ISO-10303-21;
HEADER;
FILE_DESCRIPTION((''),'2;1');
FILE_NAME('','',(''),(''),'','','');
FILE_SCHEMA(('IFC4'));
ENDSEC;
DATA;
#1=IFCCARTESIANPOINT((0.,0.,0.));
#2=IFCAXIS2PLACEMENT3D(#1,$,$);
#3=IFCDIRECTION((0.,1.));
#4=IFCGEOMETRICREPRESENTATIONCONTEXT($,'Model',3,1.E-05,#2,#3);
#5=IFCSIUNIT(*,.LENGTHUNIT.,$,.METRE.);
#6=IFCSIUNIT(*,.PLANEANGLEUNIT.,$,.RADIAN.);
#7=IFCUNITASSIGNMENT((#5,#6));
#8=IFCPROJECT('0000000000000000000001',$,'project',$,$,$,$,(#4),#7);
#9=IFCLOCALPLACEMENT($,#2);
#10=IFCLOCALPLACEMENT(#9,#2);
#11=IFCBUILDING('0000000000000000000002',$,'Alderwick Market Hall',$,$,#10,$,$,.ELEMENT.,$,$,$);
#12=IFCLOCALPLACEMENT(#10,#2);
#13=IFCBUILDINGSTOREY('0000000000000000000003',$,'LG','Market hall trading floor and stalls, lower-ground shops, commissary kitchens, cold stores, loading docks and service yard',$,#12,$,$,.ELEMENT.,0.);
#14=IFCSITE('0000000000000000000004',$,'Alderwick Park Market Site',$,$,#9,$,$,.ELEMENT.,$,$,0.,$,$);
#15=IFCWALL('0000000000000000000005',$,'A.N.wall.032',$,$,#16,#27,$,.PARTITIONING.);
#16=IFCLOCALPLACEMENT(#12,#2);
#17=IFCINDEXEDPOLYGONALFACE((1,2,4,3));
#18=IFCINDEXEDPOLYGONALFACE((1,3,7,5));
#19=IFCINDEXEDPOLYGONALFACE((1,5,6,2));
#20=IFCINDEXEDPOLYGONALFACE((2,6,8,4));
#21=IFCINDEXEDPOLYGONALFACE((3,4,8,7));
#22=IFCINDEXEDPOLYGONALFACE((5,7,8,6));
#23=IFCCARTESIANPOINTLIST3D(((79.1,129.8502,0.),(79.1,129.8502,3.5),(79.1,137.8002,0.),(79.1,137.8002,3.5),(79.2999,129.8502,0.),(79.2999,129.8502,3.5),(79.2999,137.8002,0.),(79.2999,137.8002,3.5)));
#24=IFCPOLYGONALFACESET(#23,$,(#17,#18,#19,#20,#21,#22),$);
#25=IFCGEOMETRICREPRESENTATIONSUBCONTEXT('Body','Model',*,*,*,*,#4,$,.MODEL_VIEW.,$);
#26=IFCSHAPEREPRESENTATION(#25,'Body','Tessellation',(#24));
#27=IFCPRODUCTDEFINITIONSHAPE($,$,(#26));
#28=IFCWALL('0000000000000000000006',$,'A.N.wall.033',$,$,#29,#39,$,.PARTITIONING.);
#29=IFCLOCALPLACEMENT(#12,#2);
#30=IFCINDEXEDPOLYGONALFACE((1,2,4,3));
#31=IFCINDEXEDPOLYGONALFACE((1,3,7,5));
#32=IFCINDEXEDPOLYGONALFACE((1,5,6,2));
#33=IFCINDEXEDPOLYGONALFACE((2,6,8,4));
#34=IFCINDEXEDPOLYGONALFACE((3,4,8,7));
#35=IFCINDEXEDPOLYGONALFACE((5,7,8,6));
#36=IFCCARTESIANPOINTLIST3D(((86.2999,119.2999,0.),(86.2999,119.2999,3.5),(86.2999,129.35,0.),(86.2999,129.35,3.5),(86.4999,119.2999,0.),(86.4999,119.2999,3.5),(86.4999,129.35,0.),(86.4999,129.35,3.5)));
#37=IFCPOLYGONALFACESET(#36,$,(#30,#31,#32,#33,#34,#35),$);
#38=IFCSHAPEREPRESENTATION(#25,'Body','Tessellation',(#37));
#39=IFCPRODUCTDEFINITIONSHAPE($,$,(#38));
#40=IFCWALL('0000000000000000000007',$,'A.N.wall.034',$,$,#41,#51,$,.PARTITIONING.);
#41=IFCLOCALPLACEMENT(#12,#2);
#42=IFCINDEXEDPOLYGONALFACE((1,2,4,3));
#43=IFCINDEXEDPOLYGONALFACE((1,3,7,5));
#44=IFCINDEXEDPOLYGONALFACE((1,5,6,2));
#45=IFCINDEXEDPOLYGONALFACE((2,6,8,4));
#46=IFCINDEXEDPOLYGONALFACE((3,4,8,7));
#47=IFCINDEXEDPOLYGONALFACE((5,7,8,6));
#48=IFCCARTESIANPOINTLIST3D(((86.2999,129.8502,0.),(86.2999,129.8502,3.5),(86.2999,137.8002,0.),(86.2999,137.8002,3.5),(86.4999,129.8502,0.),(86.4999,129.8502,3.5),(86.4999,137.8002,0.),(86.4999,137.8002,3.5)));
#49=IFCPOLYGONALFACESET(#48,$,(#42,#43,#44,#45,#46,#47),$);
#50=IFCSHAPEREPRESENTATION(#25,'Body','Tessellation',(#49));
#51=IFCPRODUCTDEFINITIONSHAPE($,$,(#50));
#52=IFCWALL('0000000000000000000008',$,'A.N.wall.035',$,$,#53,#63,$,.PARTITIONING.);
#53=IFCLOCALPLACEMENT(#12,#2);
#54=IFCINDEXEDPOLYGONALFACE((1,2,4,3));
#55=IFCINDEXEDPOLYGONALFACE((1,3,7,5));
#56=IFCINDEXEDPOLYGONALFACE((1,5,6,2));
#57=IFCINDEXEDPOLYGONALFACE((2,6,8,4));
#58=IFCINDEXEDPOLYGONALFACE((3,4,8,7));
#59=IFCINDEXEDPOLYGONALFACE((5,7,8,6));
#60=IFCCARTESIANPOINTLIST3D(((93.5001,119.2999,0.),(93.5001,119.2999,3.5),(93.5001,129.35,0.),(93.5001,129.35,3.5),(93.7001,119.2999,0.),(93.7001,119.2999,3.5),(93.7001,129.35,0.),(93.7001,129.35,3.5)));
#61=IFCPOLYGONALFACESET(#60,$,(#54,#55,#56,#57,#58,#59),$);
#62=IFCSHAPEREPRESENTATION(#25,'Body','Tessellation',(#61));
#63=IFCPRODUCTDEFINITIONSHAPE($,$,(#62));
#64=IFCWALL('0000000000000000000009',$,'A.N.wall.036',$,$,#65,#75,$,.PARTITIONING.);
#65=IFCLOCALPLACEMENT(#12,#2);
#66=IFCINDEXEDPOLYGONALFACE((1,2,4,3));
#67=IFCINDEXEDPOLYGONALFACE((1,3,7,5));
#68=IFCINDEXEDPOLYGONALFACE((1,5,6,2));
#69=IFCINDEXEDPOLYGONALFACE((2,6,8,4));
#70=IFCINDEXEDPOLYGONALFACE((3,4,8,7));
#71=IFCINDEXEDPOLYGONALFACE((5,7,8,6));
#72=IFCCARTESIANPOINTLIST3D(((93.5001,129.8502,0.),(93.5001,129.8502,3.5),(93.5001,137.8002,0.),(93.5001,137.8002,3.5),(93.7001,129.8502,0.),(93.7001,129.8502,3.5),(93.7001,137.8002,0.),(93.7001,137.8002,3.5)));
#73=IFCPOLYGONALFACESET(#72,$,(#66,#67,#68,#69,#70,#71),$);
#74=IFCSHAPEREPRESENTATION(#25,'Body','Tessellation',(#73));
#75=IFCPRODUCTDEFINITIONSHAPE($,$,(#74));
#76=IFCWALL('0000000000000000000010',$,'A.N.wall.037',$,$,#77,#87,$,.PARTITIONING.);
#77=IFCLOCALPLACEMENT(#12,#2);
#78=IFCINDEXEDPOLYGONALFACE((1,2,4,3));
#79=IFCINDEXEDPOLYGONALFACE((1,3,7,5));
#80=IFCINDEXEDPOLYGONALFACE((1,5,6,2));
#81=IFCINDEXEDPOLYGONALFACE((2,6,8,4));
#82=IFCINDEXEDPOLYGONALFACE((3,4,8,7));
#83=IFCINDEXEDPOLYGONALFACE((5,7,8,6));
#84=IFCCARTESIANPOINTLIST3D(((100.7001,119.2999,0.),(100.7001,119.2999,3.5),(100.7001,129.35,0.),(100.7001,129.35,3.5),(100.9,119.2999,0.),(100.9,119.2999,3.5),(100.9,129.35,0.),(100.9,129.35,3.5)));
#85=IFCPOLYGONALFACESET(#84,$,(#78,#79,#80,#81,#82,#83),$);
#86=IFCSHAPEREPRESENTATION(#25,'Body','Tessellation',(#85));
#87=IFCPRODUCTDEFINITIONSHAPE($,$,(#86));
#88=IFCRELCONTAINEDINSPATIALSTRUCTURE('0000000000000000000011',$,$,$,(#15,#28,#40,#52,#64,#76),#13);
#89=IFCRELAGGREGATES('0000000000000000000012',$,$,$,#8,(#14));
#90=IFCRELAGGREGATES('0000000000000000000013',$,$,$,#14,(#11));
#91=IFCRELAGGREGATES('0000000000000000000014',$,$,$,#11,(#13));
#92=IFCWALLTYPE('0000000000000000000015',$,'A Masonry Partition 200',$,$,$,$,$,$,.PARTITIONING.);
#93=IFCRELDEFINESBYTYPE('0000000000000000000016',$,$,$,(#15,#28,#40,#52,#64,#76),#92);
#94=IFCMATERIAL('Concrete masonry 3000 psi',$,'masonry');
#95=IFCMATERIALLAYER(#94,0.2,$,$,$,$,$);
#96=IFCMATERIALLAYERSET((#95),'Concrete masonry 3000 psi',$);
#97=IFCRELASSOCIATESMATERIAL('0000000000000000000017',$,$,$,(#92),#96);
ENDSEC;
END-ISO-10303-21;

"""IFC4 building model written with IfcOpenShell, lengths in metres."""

from ifc_helpers import new_model, si_unit, direction, frame, frame_2d, origin, place, context, subcontext, project, spatial, rectangle, extrude, material, layer, layer_set, type_object, element, save


model = new_model("IFC4")

# Units and contexts
model_context = context("Model", 3, precision=1e-05, world=origin(), true_north=direction((0.0, 1.0)))
body_context = subcontext(model_context, "Body", "Model", "MODEL_VIEW")
ifc_project = project(units=[si_unit("LENGTHUNIT", "METRE"), si_unit("PLANEANGLEUNIT", "RADIAN")], contexts=[model_context])

# Site, building, storey
site_placement = place(None, origin())
site = spatial("IfcSite", under=ifc_project, at=site_placement, Name="Alderwick Park Market Site", CompositionType="ELEMENT", RefElevation=0.0)
building_placement = place(site_placement, origin())
building = spatial("IfcBuilding", under=site, at=building_placement, Name="Alderwick Market Hall", CompositionType="ELEMENT")
storey_placement = place(building_placement, origin())
storey = spatial("IfcBuildingStorey", under=building, at=storey_placement, Name="LG", Description="Market hall trading floor and stalls, lower-ground shops, commissary kitchens, cold stores, loading docks and service yard", CompositionType="ELEMENT", Elevation=0.0)

# Walls
ifc_material_1 = material(Name="Concrete masonry 3000 psi", Category="masonry")
ifc_layer = layer(ifc_material_1, 0.2)
ifc_layer_set = layer_set([ifc_layer], Name="Concrete masonry 3000 psi")
wall_type = type_object("IfcWallType", Name="A Masonry Partition 200", PredefinedType="PARTITIONING", material=ifc_layer_set)
wall_1_placement = place(storey_placement, frame((79.2, 129.8501, 0.0), z_axis=(0.0, 0.0, 1.0), x_axis=(0.0, 1.0, 0.0)))
element("IfcWall", 1, at=wall_1_placement, inside=storey, type_object=wall_type, Name="A.N.wall.032", PredefinedType="PARTITIONING", context=body_context, shape_type="SweptSolid", body=[
    extrude(rectangle(XDim=7.95, YDim=0.2, at=frame_2d((3.9751, 0.0))), origin(), (0.0, 0.0, 1.0), 3.5),
])
wall_2_placement = place(storey_placement, frame((86.3999, 119.3, 0.0), z_axis=(0.0, 0.0, 1.0), x_axis=(0.0, 1.0, 0.0)))
element("IfcWall", 2, at=wall_2_placement, inside=storey, type_object=wall_type, Name="A.N.wall.033", PredefinedType="PARTITIONING", context=body_context, shape_type="SweptSolid", body=[
    extrude(rectangle(XDim=10.05, YDim=0.2, at=frame_2d((5.0249, 0.0))), origin(), (0.0, 0.0, 1.0), 3.5),
])
wall_3_placement = place(storey_placement, frame((86.3999, 129.8501, 0.0), z_axis=(0.0, 0.0, 1.0), x_axis=(0.0, 1.0, 0.0)))
element("IfcWall", 3, at=wall_3_placement, inside=storey, type_object=wall_type, Name="A.N.wall.034", PredefinedType="PARTITIONING", context=body_context, shape_type="SweptSolid", body=[
    extrude(rectangle(XDim=7.95, YDim=0.2, at=frame_2d((3.9751, 0.0))), origin(), (0.0, 0.0, 1.0), 3.5),
])
wall_4_placement = place(storey_placement, frame((93.6001, 119.3, 0.0), z_axis=(0.0, 0.0, 1.0), x_axis=(0.0, 1.0, 0.0)))
element("IfcWall", 4, at=wall_4_placement, inside=storey, type_object=wall_type, Name="A.N.wall.035", PredefinedType="PARTITIONING", context=body_context, shape_type="SweptSolid", body=[
    extrude(rectangle(XDim=10.05, YDim=0.2, at=frame_2d((5.0249, 0.0))), origin(), (0.0, 0.0, 1.0), 3.5),
])
wall_5_placement = place(storey_placement, frame((93.6001, 129.8501, 0.0), z_axis=(0.0, 0.0, 1.0), x_axis=(0.0, 1.0, 0.0)))
element("IfcWall", 5, at=wall_5_placement, inside=storey, type_object=wall_type, Name="A.N.wall.036", PredefinedType="PARTITIONING", context=body_context, shape_type="SweptSolid", body=[
    extrude(rectangle(XDim=7.95, YDim=0.2, at=frame_2d((3.9751, 0.0))), origin(), (0.0, 0.0, 1.0), 3.5),
])
wall_6_placement = place(storey_placement, frame((100.8, 119.3, 0.0), z_axis=(0.0, 0.0, 1.0), x_axis=(0.0, 1.0, 0.0)))
element("IfcWall", 6, at=wall_6_placement, inside=storey, type_object=wall_type, Name="A.N.wall.037", PredefinedType="PARTITIONING", context=body_context, shape_type="SweptSolid", body=[
    extrude(rectangle(XDim=10.05, YDim=0.2, at=frame_2d((5.0249, 0.0))), origin(), (0.0, 0.0, 1.0), 3.5),
])

save(model, "model.ifc")
